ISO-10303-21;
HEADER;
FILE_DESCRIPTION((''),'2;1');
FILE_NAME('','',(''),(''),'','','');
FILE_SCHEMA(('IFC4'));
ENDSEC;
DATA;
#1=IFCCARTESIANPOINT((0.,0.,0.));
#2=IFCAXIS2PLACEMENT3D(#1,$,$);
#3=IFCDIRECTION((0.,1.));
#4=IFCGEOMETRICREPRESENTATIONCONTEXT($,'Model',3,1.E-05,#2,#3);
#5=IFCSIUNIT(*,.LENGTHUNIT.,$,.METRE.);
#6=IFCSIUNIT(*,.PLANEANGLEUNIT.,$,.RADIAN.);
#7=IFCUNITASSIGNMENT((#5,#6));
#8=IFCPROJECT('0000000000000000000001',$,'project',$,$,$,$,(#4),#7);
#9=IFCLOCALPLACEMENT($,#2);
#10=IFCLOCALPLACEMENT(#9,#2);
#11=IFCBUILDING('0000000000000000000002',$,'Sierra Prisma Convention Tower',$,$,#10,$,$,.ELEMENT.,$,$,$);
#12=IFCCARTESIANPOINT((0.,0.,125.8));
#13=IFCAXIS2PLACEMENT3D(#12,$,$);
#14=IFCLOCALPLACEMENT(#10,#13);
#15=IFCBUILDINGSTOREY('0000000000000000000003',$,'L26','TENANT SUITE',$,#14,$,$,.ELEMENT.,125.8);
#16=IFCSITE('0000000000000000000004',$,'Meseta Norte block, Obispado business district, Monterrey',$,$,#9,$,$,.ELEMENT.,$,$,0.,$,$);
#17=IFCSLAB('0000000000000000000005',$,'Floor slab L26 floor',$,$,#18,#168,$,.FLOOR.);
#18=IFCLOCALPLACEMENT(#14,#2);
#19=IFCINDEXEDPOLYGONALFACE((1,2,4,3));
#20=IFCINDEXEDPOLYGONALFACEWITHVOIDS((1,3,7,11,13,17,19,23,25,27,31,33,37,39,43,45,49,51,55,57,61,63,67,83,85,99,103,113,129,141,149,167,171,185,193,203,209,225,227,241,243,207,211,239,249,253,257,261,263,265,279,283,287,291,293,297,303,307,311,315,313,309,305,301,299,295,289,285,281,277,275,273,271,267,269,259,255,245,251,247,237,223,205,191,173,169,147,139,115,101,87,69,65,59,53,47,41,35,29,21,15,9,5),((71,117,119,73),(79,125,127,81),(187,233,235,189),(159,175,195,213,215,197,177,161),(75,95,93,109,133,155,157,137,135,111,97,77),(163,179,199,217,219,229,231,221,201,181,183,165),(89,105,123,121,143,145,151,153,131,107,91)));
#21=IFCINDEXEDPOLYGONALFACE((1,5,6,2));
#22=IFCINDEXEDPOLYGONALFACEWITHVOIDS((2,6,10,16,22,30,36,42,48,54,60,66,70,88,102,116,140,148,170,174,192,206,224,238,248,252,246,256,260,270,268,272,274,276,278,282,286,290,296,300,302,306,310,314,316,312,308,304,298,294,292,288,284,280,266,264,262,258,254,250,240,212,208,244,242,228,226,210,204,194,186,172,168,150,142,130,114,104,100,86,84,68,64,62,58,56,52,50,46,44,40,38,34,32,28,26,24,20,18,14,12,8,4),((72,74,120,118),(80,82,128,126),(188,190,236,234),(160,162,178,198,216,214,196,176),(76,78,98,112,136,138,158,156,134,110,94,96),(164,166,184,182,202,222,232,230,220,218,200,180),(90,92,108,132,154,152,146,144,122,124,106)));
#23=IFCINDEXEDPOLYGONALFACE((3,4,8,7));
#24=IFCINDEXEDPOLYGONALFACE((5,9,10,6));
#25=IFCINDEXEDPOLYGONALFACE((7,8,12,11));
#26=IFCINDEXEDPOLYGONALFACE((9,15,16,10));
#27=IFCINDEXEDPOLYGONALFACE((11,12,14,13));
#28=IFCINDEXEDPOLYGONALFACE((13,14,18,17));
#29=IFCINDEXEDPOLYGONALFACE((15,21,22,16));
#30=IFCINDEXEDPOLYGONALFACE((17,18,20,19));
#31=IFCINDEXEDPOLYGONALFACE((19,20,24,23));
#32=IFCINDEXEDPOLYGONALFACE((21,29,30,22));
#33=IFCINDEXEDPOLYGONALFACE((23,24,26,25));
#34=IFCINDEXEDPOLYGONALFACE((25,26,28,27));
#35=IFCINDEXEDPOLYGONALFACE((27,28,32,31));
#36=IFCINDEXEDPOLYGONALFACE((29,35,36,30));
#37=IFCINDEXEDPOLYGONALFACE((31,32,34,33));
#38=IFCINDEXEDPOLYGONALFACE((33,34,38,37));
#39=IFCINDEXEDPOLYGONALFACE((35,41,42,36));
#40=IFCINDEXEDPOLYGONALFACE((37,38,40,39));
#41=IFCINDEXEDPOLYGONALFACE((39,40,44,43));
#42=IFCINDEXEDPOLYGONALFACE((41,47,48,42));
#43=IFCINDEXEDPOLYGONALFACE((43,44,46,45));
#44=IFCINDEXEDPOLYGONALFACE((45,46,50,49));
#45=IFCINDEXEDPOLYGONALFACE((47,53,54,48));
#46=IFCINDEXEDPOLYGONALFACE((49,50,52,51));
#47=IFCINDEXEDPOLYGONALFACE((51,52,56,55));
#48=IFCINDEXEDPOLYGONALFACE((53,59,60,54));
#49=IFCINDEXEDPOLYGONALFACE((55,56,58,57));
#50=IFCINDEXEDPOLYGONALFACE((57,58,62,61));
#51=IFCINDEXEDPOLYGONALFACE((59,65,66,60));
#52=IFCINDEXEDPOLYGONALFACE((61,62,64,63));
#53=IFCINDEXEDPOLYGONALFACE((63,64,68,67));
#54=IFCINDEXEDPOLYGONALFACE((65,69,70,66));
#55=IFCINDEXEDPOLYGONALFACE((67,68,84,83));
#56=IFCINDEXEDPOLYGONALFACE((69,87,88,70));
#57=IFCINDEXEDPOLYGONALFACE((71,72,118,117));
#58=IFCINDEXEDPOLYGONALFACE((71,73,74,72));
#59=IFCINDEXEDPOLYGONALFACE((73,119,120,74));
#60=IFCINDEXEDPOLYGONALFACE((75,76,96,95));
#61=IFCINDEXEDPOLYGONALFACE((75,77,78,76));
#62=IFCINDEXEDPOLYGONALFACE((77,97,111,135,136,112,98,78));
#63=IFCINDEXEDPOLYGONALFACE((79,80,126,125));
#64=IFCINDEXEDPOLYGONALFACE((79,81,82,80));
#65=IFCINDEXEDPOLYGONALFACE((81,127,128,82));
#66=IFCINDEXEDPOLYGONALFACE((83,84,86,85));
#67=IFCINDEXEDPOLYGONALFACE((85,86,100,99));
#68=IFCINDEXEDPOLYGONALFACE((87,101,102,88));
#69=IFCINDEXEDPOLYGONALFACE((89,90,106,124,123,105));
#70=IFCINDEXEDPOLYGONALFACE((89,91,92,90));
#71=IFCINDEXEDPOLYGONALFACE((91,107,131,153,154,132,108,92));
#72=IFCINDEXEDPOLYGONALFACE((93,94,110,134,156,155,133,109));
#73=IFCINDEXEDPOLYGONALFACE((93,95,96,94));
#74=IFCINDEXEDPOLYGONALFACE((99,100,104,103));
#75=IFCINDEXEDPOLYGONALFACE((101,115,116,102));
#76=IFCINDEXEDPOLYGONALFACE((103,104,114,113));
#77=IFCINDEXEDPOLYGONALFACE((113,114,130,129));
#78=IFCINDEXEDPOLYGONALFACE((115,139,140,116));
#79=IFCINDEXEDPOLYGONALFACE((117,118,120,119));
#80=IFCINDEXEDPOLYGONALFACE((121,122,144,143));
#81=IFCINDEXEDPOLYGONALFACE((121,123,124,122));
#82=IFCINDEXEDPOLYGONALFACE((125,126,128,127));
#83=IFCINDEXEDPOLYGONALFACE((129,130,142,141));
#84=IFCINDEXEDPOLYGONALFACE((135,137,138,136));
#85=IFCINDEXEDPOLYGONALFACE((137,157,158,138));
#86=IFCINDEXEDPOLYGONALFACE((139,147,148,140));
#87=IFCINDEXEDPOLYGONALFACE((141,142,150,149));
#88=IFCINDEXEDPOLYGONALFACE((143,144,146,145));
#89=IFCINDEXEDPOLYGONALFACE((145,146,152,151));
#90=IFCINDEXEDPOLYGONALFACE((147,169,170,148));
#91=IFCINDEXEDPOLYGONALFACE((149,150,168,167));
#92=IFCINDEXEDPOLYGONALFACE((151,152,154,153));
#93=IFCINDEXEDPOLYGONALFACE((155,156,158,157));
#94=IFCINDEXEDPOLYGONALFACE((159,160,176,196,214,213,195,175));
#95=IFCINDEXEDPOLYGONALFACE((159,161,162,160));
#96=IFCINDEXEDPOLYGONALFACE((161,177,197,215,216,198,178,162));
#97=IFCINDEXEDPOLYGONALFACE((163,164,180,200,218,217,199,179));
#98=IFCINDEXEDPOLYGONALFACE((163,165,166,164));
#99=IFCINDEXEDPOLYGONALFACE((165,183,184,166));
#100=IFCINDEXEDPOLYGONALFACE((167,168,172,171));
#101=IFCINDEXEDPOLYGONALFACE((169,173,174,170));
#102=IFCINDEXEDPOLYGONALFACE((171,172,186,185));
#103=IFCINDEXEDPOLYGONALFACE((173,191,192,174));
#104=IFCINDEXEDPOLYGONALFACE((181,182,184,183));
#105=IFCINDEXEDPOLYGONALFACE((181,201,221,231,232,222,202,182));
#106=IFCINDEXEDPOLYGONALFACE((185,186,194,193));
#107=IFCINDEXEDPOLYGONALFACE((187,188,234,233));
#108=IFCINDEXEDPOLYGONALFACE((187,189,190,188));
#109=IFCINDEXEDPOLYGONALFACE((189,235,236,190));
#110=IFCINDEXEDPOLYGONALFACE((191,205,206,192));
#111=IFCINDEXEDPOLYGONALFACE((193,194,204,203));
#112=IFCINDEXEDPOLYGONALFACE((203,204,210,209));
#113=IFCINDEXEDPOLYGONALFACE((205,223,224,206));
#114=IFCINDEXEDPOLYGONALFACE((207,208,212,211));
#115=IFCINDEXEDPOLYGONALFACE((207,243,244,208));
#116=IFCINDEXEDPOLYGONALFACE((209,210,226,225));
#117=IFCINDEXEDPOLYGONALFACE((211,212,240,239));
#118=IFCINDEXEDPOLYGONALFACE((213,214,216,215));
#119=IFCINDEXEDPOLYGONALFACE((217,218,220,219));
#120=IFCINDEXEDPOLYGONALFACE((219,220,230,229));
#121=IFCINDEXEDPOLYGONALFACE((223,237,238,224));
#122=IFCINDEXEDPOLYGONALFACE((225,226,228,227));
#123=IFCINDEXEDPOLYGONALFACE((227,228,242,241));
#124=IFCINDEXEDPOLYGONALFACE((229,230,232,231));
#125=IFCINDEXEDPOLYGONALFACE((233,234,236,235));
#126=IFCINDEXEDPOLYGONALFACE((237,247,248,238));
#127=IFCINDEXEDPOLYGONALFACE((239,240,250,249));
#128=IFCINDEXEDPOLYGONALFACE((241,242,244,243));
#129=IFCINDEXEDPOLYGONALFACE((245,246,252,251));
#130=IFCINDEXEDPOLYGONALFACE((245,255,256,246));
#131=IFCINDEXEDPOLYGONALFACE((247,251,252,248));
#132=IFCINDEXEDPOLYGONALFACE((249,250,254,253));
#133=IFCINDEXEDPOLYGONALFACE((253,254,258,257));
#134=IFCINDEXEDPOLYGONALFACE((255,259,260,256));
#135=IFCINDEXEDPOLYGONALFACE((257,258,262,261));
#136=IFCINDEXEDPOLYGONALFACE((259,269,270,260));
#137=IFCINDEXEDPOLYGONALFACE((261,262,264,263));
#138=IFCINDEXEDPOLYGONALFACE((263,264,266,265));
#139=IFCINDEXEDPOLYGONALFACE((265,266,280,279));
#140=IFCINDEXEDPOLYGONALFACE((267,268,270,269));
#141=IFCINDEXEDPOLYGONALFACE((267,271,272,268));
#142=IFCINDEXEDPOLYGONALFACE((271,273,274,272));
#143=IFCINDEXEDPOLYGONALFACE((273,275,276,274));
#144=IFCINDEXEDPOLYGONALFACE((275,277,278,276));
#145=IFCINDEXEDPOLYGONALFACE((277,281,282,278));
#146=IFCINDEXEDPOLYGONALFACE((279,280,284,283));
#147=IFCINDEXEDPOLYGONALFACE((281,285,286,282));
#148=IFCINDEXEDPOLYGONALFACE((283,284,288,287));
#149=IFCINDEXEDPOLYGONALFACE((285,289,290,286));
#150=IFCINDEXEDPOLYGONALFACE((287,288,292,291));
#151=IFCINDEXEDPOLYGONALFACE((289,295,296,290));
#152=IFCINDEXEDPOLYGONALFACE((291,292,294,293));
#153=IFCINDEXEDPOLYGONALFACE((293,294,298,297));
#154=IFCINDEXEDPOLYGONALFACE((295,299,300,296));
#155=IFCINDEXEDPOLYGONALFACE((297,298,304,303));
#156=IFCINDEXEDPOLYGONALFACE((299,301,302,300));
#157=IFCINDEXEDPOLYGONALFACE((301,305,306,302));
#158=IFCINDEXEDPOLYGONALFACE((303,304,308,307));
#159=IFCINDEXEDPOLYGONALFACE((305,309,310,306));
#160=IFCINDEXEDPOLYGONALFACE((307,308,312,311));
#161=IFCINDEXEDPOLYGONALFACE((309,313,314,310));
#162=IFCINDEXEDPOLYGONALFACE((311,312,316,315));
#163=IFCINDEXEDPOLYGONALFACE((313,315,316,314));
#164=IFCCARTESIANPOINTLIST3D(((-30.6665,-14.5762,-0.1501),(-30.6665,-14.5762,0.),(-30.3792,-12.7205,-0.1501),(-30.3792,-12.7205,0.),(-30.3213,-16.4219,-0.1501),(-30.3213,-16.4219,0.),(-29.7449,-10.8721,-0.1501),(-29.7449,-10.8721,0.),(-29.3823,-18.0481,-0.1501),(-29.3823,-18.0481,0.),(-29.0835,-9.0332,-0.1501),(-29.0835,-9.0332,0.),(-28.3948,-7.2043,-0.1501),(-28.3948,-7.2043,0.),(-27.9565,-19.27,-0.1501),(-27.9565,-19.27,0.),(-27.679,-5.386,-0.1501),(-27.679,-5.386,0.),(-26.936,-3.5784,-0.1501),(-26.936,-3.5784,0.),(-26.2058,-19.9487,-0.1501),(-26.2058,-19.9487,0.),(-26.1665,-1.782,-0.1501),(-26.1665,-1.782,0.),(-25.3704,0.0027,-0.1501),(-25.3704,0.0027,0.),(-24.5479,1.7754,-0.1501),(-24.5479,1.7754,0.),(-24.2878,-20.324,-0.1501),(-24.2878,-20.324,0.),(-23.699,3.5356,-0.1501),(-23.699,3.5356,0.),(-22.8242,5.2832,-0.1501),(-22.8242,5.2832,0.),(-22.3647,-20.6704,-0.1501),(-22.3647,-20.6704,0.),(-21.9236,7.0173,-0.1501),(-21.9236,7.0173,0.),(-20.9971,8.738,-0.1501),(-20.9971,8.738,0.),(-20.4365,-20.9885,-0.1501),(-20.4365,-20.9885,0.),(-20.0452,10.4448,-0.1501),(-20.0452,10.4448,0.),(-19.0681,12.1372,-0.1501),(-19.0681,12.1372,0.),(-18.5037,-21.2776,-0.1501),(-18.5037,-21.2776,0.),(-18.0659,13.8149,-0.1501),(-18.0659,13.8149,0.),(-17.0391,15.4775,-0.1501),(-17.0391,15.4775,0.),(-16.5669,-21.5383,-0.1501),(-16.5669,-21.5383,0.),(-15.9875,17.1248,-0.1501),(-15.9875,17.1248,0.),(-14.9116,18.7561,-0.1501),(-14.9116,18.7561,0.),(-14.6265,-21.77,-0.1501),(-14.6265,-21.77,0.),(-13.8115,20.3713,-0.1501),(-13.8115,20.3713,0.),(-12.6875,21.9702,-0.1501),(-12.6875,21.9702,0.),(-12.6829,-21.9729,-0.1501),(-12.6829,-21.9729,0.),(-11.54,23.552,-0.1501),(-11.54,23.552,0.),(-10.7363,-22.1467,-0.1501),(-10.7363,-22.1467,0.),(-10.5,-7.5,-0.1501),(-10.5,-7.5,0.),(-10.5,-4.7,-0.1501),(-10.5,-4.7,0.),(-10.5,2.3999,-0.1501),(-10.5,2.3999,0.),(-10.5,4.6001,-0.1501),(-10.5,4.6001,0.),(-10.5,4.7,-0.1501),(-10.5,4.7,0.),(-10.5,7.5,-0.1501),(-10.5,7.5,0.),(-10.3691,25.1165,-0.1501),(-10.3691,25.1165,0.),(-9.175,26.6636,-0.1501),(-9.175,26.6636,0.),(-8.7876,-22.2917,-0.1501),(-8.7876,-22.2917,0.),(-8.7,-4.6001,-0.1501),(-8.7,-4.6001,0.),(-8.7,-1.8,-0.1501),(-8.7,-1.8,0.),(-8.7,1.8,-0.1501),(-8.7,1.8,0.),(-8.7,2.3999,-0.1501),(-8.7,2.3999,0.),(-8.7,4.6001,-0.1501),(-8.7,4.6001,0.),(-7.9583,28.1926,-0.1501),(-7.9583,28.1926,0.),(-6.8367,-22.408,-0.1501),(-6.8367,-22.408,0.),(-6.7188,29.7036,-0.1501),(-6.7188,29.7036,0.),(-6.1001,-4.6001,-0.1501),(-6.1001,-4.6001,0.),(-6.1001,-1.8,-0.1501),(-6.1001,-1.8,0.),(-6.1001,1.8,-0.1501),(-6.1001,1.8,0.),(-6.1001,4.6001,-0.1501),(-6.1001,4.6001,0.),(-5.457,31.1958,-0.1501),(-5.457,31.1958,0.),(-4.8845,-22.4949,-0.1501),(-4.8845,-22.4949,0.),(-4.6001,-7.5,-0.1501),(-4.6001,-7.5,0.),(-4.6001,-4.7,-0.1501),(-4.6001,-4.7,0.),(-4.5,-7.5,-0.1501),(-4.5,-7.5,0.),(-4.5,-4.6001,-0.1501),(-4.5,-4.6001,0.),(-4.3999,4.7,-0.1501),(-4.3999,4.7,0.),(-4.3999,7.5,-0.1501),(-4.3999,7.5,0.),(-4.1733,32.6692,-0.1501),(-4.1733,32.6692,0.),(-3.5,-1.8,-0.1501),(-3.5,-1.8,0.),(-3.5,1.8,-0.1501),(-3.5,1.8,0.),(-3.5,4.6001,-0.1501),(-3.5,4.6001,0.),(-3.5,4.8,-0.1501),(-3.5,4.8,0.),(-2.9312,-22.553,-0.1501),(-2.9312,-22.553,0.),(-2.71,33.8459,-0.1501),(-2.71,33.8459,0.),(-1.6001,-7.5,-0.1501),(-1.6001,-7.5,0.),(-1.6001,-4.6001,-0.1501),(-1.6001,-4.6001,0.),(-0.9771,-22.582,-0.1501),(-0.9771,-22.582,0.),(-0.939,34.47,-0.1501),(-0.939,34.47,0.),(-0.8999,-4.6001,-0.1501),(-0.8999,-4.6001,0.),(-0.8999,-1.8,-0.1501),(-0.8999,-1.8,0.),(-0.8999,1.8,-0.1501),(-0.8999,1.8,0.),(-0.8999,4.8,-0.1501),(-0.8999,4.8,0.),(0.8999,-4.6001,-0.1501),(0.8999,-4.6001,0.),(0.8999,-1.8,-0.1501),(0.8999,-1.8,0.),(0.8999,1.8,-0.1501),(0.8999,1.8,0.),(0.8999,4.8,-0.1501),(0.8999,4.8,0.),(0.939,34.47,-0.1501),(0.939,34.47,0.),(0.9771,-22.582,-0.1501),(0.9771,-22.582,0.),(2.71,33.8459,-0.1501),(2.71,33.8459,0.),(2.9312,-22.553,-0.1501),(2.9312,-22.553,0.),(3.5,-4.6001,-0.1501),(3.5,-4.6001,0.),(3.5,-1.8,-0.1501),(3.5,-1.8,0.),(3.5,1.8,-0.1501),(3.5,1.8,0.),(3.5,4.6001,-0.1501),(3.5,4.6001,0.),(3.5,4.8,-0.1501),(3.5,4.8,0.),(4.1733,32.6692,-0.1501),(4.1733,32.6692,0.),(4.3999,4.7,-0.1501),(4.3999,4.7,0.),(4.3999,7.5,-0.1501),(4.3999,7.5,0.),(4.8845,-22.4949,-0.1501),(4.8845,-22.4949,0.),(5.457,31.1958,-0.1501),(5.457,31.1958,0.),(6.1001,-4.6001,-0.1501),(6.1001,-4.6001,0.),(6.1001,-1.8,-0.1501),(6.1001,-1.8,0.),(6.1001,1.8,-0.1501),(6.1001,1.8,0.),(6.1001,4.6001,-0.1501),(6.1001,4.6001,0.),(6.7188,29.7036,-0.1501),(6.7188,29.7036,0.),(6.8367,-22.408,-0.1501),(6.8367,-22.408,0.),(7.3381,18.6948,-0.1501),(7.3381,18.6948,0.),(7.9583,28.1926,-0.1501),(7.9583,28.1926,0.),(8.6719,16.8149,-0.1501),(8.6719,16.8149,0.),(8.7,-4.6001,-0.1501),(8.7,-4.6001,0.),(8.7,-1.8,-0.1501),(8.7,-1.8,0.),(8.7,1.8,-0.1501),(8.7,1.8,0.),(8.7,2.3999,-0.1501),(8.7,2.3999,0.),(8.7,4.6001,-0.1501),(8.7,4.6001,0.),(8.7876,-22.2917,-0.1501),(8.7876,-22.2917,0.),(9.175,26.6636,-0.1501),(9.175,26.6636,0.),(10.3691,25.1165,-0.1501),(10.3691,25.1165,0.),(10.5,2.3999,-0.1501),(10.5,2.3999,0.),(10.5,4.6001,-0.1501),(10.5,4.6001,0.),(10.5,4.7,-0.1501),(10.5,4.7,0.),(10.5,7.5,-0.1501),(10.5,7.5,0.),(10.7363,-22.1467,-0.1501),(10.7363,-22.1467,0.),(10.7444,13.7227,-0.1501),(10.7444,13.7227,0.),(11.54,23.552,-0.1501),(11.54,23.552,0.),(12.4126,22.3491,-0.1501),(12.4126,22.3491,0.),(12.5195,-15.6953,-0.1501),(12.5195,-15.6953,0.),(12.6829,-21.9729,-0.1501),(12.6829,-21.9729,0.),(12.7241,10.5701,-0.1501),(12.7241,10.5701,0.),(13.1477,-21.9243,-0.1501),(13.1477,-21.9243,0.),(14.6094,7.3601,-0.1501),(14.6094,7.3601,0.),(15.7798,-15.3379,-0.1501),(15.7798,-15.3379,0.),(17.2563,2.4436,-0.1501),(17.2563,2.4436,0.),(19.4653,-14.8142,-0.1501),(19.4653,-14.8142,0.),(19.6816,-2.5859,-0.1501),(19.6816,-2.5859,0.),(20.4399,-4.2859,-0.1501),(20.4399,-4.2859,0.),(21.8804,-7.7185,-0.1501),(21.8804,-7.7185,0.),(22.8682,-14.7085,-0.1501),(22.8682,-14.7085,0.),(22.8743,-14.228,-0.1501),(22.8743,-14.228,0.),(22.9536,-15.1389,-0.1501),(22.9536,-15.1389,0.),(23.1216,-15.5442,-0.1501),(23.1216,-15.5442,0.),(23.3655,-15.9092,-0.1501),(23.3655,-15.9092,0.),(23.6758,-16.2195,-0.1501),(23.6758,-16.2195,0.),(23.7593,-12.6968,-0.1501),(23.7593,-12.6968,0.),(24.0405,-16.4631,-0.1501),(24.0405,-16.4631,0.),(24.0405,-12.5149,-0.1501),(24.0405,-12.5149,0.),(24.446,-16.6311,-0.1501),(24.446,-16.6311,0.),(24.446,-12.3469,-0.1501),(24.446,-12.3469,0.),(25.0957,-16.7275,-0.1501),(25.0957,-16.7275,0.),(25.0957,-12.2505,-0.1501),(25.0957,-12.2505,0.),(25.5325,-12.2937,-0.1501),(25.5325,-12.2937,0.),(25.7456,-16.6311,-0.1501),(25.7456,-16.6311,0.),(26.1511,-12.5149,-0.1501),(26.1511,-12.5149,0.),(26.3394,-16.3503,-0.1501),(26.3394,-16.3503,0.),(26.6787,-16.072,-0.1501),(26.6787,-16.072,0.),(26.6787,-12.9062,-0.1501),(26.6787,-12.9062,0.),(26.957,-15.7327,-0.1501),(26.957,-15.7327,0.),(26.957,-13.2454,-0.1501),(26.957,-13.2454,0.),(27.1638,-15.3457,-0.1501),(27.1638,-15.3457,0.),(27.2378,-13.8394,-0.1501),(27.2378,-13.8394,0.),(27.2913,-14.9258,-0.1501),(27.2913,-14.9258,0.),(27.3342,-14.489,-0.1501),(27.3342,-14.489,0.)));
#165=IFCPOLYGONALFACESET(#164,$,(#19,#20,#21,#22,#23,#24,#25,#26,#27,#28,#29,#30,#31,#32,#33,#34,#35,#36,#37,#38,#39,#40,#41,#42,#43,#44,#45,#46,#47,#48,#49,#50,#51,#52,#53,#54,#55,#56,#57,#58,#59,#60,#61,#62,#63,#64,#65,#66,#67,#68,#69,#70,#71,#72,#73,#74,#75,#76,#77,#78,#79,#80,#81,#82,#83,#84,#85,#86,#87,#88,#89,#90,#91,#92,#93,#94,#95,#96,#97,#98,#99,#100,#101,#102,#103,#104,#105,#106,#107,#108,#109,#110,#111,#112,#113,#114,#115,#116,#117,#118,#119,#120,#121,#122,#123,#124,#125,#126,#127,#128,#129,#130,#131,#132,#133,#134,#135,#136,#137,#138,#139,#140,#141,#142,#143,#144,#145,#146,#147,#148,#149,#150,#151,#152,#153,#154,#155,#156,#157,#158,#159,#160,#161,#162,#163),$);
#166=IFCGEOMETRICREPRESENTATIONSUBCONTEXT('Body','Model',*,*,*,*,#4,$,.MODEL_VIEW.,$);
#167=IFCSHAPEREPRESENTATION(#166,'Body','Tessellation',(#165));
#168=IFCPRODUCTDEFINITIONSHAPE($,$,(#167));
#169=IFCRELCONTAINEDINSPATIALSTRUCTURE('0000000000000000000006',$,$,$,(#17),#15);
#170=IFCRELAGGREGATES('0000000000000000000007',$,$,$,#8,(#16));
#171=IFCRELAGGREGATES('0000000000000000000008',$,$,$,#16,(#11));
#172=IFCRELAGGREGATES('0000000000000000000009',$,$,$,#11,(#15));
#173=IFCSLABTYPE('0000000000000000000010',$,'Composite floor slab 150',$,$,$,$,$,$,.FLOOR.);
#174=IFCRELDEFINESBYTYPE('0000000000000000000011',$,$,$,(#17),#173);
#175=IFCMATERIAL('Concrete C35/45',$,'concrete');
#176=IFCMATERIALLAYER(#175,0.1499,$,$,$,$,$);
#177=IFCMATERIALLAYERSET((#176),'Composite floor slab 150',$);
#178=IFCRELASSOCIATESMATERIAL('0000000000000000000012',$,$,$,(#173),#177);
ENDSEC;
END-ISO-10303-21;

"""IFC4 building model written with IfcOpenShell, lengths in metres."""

from ifc_helpers import new_model, si_unit, direction, frame, origin, place, context, subcontext, project, spatial, polyline, outline, extrude, material, layer, layer_set, type_object, element, save


model = new_model("IFC4")

# Units and contexts
model_context = context("Model", 3, precision=1e-05, world=origin(), true_north=direction((0.0, 1.0)))
body_context = subcontext(model_context, "Body", "Model", "MODEL_VIEW")
ifc_project = project(units=[si_unit("LENGTHUNIT", "METRE"), si_unit("PLANEANGLEUNIT", "RADIAN")], contexts=[model_context])

# Site, building, storey
site_placement = place(None, origin())
site = spatial("IfcSite", under=ifc_project, at=site_placement, Name="Meseta Norte block, Obispado business district, Monterrey", CompositionType="ELEMENT", RefElevation=0.0)
building_placement = place(site_placement, origin())
building = spatial("IfcBuilding", under=site, at=building_placement, Name="Sierra Prisma Convention Tower", CompositionType="ELEMENT")
storey_placement = place(building_placement, frame((0.0, 0.0, 125.8)))
storey = spatial("IfcBuildingStorey", under=building, at=storey_placement, Name="L26", Description="TENANT SUITE", CompositionType="ELEMENT", Elevation=125.8)

# Slab
ifc_material_1 = material(Name="Concrete C35/45", Category="concrete")
ifc_layer_1 = layer(ifc_material_1, 0.1499)
ifc_layer_set_1 = layer_set([ifc_layer_1], Name="Composite floor slab 150")
slab_type_1 = type_object("IfcSlabType", Name="Composite floor slab 150", PredefinedType="FLOOR", material=ifc_layer_set_1)
slab_1_placement = place(storey_placement, frame((0.0, 0.0, -0.1501)))
element("IfcSlab", 1, at=slab_1_placement, inside=storey, type_object=slab_type_1, Name="Floor slab L26 floor", PredefinedType="FLOOR", context=body_context, shape_type="SweptSolid", body=[
    extrude(outline(polyline([(12.6829, -21.9729), (13.1477, -21.9243), (12.5195, -15.6953), (15.7798, -15.3379), (19.4653, -14.8142), (22.8743, -14.228), (22.8682, -14.7085), (22.9536, -15.1389), (23.1216, -15.5442), (23.3655, -15.9092), (23.6758, -16.2195), (24.0405, -16.4631), (24.446, -16.6311), (25.0957, -16.7275), (25.7456, -16.6311), (26.3394, -16.3503), (26.6787, -16.072), (26.957, -15.7327), (27.1638, -15.3457), (27.2913, -14.9258), (27.3342, -14.489), (27.2378, -13.8394), (26.957, -13.2454), (26.6787, -12.9062), (26.1511, -12.5149), (25.5325, -12.2937), (25.0957, -12.2505), (24.446, -12.3469), (24.0405, -12.5149), (23.7593, -12.6968), (21.8804, -7.7185), (20.4399, -4.2859), (19.6816, -2.5859), (17.2563, 2.4436), (14.6094, 7.3601), (12.7241, 10.5701), (10.7444, 13.7227), (8.6719, 16.8149), (7.3381, 18.6948), (12.4126, 22.3491), (11.54, 23.552), (10.3691, 25.1165), (9.175, 26.6636), (7.9583, 28.1926), (6.7188, 29.7036), (5.457, 31.1958), (4.1733, 32.6692), (2.71, 33.8459), (0.939, 34.47), (-0.939, 34.47), (-2.71, 33.8459), (-4.1733, 32.6692), (-5.457, 31.1958), (-6.7188, 29.7036), (-7.9583, 28.1926), (-9.175, 26.6636), (-10.3691, 25.1165), (-11.54, 23.552), (-12.6875, 21.9702), (-13.8115, 20.3713), (-14.9116, 18.7561), (-15.9875, 17.1248), (-17.0391, 15.4775), (-18.0659, 13.8149), (-19.0681, 12.1372), (-20.0452, 10.4448), (-20.9971, 8.738), (-21.9236, 7.0173), (-22.8242, 5.2832), (-23.699, 3.5356), (-24.5479, 1.7754), (-25.3704, 0.0027), (-26.1665, -1.782), (-26.936, -3.5784), (-27.679, -5.386), (-28.3948, -7.2043), (-29.0835, -9.0332), (-29.7449, -10.8721), (-30.3792, -12.7205), (-30.6665, -14.5762), (-30.3213, -16.4219), (-29.3823, -18.0481), (-27.9565, -19.27), (-26.2058, -19.9487), (-24.2878, -20.324), (-22.3647, -20.6704), (-20.4365, -20.9885), (-18.5037, -21.2776), (-16.5669, -21.5383), (-14.6265, -21.77), (-12.6829, -21.9729), (-10.7363, -22.1467), (-8.7876, -22.2917), (-6.8367, -22.408), (-4.8845, -22.4949), (-2.9312, -22.553), (-0.9771, -22.582), (0.9771, -22.582), (2.9312, -22.553), (4.8845, -22.4949), (6.8367, -22.408), (8.7876, -22.2917), (10.7363, -22.1467), (12.6829, -21.9729)]), holes=[polyline([(-4.6001, -7.5), (-10.5, -7.5), (-10.5, -4.7), (-4.6001, -4.7), (-4.6001, -7.5)]), polyline([(-8.7, -4.6001), (-8.7, -1.8), (-6.1001, -1.8), (-3.5, -1.8), (-0.8999, -1.8), (-0.8999, -4.6001), (-1.6001, -4.6001), (-1.6001, -7.5), (-4.5, -7.5), (-4.5, -4.6001), (-6.1001, -4.6001), (-8.7, -4.6001)]), polyline([(-10.5, 4.6001), (-8.7, 4.6001), (-6.1001, 4.6001), (-3.5, 4.6001), (-3.5, 4.8), (-0.8999, 4.8), (-0.8999, 1.8), (-3.5, 1.8), (-6.1001, 1.8), (-8.7, 1.8), (-8.7, 2.3999), (-10.5, 2.3999), (-10.5, 4.6001)]), polyline([(-10.5, 4.7), (-10.5, 7.5), (-4.3999, 7.5), (-4.3999, 4.7), (-10.5, 4.7)]), polyline([(6.1001, -1.8), (8.7, -1.8), (8.7, -4.6001), (6.1001, -4.6001), (3.5, -4.6001), (0.8999, -4.6001), (0.8999, -1.8), (3.5, -1.8), (6.1001, -1.8)]), polyline([(8.7, 4.6001), (10.5, 4.6001), (10.5, 2.3999), (8.7, 2.3999), (8.7, 1.8), (6.1001, 1.8), (3.5, 1.8), (0.8999, 1.8), (0.8999, 4.8), (3.5, 4.8), (3.5, 4.6001), (6.1001, 4.6001), (8.7, 4.6001)]), polyline([(4.3999, 4.7), (4.3999, 7.5), (10.5, 7.5), (10.5, 4.7), (4.3999, 4.7)])]), origin(), (0.0, 0.0, 1.0), 0.1501),
])

save(model, "model.ifc")
